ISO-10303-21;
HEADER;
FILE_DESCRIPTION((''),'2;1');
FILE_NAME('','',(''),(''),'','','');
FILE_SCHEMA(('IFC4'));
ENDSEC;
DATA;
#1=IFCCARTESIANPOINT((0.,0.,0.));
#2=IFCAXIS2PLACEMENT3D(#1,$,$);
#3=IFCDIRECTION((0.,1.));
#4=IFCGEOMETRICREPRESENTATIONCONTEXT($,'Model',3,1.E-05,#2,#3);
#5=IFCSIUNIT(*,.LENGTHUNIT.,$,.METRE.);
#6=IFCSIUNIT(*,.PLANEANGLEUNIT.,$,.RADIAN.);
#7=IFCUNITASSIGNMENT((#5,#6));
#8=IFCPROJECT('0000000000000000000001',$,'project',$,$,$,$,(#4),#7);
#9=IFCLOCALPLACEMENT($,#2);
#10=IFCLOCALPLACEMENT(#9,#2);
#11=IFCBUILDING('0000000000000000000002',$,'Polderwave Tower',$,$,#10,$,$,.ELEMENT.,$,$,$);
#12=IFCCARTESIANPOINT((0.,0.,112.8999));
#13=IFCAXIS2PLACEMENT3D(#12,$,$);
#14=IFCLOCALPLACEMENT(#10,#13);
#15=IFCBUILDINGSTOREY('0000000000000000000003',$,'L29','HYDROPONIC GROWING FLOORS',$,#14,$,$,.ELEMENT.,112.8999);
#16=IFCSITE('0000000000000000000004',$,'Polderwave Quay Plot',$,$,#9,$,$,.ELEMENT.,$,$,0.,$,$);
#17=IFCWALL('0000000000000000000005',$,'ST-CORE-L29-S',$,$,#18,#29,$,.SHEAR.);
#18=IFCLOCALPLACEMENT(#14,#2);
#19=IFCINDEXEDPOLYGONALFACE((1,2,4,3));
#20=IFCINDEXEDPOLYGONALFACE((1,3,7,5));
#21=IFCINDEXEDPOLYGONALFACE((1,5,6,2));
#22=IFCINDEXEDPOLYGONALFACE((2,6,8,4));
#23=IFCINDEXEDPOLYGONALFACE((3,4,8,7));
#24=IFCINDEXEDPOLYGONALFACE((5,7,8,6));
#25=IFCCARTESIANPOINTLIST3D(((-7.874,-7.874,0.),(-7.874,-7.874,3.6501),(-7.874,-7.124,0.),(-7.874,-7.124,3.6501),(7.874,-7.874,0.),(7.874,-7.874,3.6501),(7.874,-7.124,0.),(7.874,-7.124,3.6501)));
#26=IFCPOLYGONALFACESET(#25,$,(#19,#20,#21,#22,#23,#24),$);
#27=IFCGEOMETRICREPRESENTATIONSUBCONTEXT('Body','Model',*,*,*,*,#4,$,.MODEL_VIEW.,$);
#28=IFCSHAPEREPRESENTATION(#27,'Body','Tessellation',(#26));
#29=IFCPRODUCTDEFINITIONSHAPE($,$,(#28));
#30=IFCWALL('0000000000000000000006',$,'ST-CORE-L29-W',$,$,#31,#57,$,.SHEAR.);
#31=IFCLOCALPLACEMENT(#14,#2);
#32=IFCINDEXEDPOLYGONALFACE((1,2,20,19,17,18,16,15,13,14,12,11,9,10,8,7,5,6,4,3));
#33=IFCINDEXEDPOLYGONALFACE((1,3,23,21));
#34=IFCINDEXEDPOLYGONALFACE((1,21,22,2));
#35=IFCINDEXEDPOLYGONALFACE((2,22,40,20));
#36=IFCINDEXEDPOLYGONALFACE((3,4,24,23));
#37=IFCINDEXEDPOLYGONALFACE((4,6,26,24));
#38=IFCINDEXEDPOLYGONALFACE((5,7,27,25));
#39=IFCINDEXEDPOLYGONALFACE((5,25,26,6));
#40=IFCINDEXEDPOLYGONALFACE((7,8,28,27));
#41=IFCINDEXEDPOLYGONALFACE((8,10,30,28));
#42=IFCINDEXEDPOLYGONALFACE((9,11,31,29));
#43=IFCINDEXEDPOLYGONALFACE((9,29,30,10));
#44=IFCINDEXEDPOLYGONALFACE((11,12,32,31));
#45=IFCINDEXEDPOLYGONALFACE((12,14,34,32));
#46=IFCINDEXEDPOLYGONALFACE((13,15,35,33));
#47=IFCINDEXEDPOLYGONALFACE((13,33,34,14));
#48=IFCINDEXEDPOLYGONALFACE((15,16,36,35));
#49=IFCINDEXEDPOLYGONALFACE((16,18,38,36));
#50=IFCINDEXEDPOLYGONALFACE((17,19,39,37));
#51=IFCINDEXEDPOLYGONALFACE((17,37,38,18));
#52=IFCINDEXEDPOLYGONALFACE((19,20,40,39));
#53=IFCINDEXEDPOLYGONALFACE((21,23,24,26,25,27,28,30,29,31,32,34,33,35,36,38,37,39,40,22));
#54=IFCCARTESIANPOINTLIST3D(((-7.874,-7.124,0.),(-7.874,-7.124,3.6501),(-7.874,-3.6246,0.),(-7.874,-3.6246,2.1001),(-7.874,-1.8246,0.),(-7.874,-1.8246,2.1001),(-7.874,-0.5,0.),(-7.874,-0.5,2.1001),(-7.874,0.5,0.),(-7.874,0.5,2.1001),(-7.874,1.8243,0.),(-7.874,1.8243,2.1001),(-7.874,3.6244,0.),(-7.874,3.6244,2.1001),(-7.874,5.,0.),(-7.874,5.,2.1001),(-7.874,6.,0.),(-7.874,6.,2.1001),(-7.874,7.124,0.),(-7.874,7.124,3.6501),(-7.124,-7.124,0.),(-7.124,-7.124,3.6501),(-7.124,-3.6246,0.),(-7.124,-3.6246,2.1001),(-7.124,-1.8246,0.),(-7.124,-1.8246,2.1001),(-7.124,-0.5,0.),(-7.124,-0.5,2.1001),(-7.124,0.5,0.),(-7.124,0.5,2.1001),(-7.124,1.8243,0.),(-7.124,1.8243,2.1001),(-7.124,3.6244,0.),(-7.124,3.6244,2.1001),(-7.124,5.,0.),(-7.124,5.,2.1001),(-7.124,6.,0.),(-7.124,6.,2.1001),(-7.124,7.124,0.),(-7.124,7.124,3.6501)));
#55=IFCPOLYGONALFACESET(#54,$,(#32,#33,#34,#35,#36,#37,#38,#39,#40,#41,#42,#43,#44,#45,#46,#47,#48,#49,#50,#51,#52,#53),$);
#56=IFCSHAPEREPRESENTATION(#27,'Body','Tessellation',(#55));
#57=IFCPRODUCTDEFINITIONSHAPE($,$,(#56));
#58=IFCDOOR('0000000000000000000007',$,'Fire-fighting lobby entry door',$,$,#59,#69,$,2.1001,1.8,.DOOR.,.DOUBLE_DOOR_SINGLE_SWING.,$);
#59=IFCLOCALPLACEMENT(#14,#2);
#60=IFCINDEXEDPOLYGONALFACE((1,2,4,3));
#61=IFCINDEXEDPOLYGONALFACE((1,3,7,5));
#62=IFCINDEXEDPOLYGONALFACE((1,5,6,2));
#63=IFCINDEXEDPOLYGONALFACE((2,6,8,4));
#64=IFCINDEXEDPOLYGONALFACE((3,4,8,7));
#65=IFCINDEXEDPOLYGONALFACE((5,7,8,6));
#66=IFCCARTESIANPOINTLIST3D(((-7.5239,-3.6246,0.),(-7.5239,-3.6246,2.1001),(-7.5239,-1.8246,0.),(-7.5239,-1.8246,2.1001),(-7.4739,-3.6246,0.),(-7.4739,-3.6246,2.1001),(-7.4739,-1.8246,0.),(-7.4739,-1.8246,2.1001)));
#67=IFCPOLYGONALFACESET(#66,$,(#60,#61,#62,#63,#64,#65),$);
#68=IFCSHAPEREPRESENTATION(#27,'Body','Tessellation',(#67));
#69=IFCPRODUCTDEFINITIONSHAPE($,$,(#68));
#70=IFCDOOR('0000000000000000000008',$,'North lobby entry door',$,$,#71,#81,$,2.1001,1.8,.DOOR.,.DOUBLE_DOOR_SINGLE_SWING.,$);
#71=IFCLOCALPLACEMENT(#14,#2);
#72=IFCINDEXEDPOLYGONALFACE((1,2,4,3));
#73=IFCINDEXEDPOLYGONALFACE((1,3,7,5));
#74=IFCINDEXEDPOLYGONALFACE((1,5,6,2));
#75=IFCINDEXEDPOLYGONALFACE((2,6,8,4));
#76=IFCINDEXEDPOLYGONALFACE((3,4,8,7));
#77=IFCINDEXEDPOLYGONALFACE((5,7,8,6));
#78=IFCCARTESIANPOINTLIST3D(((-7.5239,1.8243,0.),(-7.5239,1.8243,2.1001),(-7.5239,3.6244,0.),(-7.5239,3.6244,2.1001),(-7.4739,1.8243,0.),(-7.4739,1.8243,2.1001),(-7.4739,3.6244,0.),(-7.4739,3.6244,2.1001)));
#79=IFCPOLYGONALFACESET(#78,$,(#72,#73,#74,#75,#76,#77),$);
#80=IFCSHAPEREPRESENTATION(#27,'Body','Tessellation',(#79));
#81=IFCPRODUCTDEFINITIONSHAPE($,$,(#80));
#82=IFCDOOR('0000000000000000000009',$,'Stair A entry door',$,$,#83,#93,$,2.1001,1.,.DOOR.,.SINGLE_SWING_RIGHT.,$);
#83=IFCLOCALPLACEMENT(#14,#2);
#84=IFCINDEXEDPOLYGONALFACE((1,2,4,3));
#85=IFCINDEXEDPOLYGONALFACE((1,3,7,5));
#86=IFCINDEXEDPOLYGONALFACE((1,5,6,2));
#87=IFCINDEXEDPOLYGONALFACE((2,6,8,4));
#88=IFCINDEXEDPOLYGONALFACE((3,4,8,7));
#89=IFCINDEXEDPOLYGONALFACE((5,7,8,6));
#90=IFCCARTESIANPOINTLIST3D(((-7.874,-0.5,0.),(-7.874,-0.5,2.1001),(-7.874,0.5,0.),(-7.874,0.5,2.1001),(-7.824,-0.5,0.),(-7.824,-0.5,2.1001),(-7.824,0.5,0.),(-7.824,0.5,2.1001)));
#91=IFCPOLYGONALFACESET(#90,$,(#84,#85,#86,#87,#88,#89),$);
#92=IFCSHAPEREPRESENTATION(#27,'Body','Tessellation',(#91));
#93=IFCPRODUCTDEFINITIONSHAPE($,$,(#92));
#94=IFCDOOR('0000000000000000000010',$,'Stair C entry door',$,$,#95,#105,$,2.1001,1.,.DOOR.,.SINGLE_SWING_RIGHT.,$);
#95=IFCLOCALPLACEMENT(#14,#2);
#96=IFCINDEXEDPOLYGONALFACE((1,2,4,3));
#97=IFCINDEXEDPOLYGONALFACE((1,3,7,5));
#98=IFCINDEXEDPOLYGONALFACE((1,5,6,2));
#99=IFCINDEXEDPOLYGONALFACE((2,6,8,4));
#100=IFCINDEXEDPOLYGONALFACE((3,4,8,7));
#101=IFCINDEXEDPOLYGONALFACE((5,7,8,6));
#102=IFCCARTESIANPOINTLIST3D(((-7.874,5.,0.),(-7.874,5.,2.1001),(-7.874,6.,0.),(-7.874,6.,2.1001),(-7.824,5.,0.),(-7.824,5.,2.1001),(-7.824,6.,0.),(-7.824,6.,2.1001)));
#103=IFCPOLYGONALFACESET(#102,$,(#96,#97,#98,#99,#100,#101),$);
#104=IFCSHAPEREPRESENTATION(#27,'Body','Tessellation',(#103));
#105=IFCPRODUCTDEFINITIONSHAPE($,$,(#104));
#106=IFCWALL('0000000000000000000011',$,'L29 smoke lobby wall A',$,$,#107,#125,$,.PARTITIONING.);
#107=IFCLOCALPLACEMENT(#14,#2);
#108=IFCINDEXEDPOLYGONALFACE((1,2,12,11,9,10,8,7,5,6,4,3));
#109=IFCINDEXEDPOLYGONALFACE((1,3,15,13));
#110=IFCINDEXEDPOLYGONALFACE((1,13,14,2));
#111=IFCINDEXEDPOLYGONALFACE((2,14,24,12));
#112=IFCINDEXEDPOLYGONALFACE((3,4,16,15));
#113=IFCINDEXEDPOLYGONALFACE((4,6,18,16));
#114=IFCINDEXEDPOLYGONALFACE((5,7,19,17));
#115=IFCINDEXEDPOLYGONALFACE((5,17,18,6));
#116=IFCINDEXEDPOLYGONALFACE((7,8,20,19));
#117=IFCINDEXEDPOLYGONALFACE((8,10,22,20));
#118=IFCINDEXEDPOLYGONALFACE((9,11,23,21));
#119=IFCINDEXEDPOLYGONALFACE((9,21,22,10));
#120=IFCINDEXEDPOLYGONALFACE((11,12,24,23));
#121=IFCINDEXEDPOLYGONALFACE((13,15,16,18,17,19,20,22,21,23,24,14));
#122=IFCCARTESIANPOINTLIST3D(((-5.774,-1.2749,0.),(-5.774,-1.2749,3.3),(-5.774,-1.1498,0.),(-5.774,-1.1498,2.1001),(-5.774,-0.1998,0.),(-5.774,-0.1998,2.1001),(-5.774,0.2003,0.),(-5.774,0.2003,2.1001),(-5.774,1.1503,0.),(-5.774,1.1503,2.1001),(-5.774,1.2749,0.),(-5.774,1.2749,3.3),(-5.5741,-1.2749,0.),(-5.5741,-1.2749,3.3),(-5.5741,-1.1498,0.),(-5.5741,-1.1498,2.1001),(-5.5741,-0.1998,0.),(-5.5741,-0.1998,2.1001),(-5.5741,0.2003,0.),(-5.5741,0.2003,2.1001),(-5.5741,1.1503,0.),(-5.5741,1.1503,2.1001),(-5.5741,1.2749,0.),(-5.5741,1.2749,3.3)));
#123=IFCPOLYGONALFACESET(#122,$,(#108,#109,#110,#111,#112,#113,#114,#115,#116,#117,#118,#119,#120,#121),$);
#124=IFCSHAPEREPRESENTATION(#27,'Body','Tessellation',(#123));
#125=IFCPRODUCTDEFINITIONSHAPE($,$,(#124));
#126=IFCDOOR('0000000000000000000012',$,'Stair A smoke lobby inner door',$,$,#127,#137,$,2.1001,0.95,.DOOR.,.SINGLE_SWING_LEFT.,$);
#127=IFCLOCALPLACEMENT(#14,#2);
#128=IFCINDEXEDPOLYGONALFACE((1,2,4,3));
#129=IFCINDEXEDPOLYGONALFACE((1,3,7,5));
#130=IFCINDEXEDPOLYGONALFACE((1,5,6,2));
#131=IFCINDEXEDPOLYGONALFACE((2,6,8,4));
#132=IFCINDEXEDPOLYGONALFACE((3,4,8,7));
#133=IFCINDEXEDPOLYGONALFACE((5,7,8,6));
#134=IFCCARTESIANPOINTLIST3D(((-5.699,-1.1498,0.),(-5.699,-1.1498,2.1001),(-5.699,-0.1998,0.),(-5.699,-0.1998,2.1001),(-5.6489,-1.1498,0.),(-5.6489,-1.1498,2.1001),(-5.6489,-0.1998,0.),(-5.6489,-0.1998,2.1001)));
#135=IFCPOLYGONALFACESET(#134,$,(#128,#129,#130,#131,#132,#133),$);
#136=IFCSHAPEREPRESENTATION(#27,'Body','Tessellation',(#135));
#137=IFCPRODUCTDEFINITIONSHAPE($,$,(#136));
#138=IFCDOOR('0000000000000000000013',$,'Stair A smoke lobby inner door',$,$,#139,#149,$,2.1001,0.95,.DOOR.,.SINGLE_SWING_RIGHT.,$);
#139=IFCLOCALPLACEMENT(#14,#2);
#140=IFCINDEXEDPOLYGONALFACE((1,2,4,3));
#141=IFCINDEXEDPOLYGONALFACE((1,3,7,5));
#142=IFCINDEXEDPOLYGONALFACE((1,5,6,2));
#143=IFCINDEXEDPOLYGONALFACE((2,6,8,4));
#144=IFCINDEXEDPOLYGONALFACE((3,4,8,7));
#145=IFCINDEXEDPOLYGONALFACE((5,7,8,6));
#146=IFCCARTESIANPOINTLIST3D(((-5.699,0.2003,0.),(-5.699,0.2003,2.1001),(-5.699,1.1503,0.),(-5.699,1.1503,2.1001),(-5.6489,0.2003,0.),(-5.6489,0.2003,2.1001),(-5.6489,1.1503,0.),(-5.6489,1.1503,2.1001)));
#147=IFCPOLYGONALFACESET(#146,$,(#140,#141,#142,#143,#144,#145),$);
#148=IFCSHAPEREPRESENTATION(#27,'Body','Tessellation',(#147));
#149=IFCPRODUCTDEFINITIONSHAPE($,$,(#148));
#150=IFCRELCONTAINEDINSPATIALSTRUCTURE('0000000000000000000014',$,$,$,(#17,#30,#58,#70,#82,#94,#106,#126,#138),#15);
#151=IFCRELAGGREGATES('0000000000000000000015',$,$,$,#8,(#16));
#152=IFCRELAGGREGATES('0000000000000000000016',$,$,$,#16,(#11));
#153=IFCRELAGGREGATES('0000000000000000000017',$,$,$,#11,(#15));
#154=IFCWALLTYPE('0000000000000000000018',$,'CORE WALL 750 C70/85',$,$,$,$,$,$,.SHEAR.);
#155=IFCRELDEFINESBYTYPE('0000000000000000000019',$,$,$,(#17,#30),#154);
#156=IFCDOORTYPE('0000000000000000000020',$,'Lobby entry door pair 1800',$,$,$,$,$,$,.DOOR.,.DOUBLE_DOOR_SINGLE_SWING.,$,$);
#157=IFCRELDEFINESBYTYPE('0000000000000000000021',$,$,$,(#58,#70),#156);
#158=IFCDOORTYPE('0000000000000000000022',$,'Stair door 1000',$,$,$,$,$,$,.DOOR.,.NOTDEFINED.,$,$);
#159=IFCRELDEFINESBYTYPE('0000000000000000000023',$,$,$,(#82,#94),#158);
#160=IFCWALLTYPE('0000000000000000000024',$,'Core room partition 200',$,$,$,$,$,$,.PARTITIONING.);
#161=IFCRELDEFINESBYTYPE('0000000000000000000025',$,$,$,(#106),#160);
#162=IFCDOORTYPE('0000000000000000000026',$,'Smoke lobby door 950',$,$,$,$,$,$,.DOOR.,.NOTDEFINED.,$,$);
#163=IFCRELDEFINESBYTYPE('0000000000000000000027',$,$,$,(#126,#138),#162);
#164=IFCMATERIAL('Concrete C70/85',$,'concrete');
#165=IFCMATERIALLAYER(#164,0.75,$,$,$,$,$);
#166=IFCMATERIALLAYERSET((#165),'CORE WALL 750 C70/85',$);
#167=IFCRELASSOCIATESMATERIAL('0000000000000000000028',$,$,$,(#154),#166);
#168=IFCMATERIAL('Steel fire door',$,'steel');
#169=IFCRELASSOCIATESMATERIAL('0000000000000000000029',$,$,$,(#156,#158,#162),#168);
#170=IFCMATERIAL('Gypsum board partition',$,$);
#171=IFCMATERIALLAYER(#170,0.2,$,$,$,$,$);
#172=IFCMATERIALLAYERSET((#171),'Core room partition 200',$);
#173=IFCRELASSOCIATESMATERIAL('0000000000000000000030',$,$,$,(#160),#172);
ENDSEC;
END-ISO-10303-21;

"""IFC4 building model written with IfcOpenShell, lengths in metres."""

from ifc_helpers import new_model, si_unit, direction, frame, frame_2d, origin, place, context, subcontext, project, spatial, rectangle, extrude, material, layer, layer_set, type_object, element, fill, save


model = new_model("IFC4")

# Units and contexts
model_context = context("Model", 3, precision=1e-05, world=origin(), true_north=direction((0.0, 1.0)))
body_context = subcontext(model_context, "Body", "Model", "MODEL_VIEW")
ifc_project = project(units=[si_unit("LENGTHUNIT", "METRE"), si_unit("PLANEANGLEUNIT", "RADIAN")], contexts=[model_context])

# Site, building, storey
site_placement = place(None, origin())
site = spatial("IfcSite", under=ifc_project, at=site_placement, Name="Polderwave Quay Plot", CompositionType="ELEMENT", RefElevation=0.0)
building_placement = place(site_placement, origin())
building = spatial("IfcBuilding", under=site, at=building_placement, Name="Polderwave Tower", CompositionType="ELEMENT")
storey_placement = place(building_placement, frame((0.0, 0.0, 112.8999)))
storey = spatial("IfcBuildingStorey", under=building, at=storey_placement, Name="L29", Description="HYDROPONIC GROWING FLOORS", CompositionType="ELEMENT", Elevation=112.8999)

# Wall
ifc_material_1 = material(Name="Concrete C70/85", Category="concrete")
ifc_layer_1 = layer(ifc_material_1, 0.75)
ifc_layer_set_1 = layer_set([ifc_layer_1], Name="CORE WALL 750 C70/85")
wall_type_1 = type_object("IfcWallType", Name="CORE WALL 750 C70/85", PredefinedType="SHEAR", material=ifc_layer_set_1)
wall_1_placement = place(storey_placement, frame((-7.874, -7.499, 0.0), z_axis=(0.0, 0.0, 1.0), x_axis=(1.0, 0.0, 0.0)))
element("IfcWall", 1, at=wall_1_placement, inside=storey, type_object=wall_type_1, Name="ST-CORE-L29-S", PredefinedType="SHEAR", context=body_context, shape_type="SweptSolid", body=[
    extrude(rectangle(XDim=15.748, YDim=0.75, at=frame_2d((7.874, 0.0))), origin(), (0.0, 0.0, 1.0), 3.6501),
])

# Walls, openings, doors
wall_2_placement = place(storey_placement, frame((-7.499, -7.124, 0.0), z_axis=(0.0, 0.0, 1.0), x_axis=(0.0, 1.0, 0.0)))
wall_2 = element("IfcWall", 2, at=wall_2_placement, inside=storey, type_object=wall_type_1, Name="ST-CORE-L29-W", PredefinedType="SHEAR", context=body_context, shape_type="SweptSolid", body=[
    extrude(rectangle(XDim=14.248, YDim=0.75, at=frame_2d((7.124, 0.0))), origin(), (0.0, 0.0, 1.0), 3.6501),
])
opening_1_placement = place(wall_2_placement, frame((6.624, 0.0, 0.0)))
opening_1 = element("IfcOpeningElement", 3, at=opening_1_placement, cuts=wall_2, PredefinedType="OPENING", context=body_context, shape_type="SweptSolid", body=[
    extrude(rectangle(XDim=1.0, YDim=2.1001, at=frame_2d((0.5, 1.05))), frame((0.0, 0.385, 0.0), z_axis=(0.0, -1.0, 0.0), x_axis=(1.0, 0.0, 0.0)), (0.0, 0.0, 1.0), 0.77),
])
opening_2_placement = place(wall_2_placement, frame((3.4995, 0.0, 0.0)))
opening_2 = element("IfcOpeningElement", 4, at=opening_2_placement, cuts=wall_2, PredefinedType="OPENING", context=body_context, shape_type="SweptSolid", body=[
    extrude(rectangle(XDim=1.8, YDim=2.1001, at=frame_2d((0.8999, 1.05))), frame((0.0, 0.385, 0.0), z_axis=(0.0, -1.0, 0.0), x_axis=(1.0, 0.0, 0.0)), (0.0, 0.0, 1.0), 0.77),
])
opening_3_placement = place(wall_2_placement, frame((8.9485, 0.0, 0.0)))
opening_3 = element("IfcOpeningElement", 5, at=opening_3_placement, cuts=wall_2, PredefinedType="OPENING", context=body_context, shape_type="SweptSolid", body=[
    extrude(rectangle(XDim=1.8, YDim=2.1001, at=frame_2d((0.8999, 1.05))), frame((0.0, 0.385, 0.0), z_axis=(0.0, -1.0, 0.0), x_axis=(1.0, 0.0, 0.0)), (0.0, 0.0, 1.0), 0.77),
])
opening_4_placement = place(wall_2_placement, frame((12.124, 0.0, 0.0)))
opening_4 = element("IfcOpeningElement", 6, at=opening_4_placement, cuts=wall_2, PredefinedType="OPENING", context=body_context, shape_type="SweptSolid", body=[
    extrude(rectangle(XDim=1.0, YDim=2.1001, at=frame_2d((0.5, 1.05))), frame((0.0, 0.385, 0.0), z_axis=(0.0, -1.0, 0.0), x_axis=(1.0, 0.0, 0.0)), (0.0, 0.0, 1.0), 0.77),
])
ifc_material_2 = material(Name="Steel fire door", Category="steel")
door_type_1 = type_object("IfcDoorType", Name="Lobby entry door pair 1800", OperationType="DOUBLE_DOOR_SINGLE_SWING", PredefinedType="DOOR", material=ifc_material_2)
door_1_placement = place(opening_2_placement, origin())
door_1 = element("IfcDoor", 7, at=door_1_placement, inside=storey, type_object=door_type_1, Name="Fire-fighting lobby entry door", OperationType="DOUBLE_DOOR_SINGLE_SWING", OverallHeight=2.1001, OverallWidth=1.8, PredefinedType="DOOR", context=body_context, shape_type="SweptSolid", body=[
    extrude(rectangle(XDim=1.8, YDim=2.1001, at=frame_2d((0.8999, 1.05))), frame((0.0, 0.0249, 0.0), z_axis=(0.0, -1.0, 0.0), x_axis=(1.0, 0.0, 0.0)), (0.0, 0.0, 1.0), 0.05),
])
fill(opening_2, door_1)
door_2_placement = place(opening_3_placement, origin())
door_2 = element("IfcDoor", 8, at=door_2_placement, inside=storey, type_object=door_type_1, Name="North lobby entry door", OperationType="DOUBLE_DOOR_SINGLE_SWING", OverallHeight=2.1001, OverallWidth=1.8, PredefinedType="DOOR", context=body_context, shape_type="SweptSolid", body=[
    extrude(rectangle(XDim=1.8, YDim=2.1001, at=frame_2d((0.8999, 1.05))), frame((0.0, 0.0249, 0.0), z_axis=(0.0, -1.0, 0.0), x_axis=(1.0, 0.0, 0.0)), (0.0, 0.0, 1.0), 0.05),
])
fill(opening_3, door_2)
door_type_2 = type_object("IfcDoorType", Name="Stair door 1000", OperationType="NOTDEFINED", PredefinedType="DOOR", material=ifc_material_2)
door_3_placement = place(opening_1_placement, origin())
door_3 = element("IfcDoor", 9, at=door_3_placement, inside=storey, type_object=door_type_2, Name="Stair A entry door", OperationType="SINGLE_SWING_RIGHT", OverallHeight=2.1001, OverallWidth=1.0, PredefinedType="DOOR", context=body_context, shape_type="SweptSolid", body=[
    extrude(rectangle(XDim=1.0, YDim=2.1001, at=frame_2d((0.5, 1.05))), frame((0.0, 0.375, 0.0), z_axis=(0.0, -1.0, 0.0), x_axis=(1.0, 0.0, 0.0)), (0.0, 0.0, 1.0), 0.05),
])
fill(opening_1, door_3)
door_4_placement = place(opening_4_placement, origin())
door_4 = element("IfcDoor", 10, at=door_4_placement, inside=storey, type_object=door_type_2, Name="Stair C entry door", OperationType="SINGLE_SWING_RIGHT", OverallHeight=2.1001, OverallWidth=1.0, PredefinedType="DOOR", context=body_context, shape_type="SweptSolid", body=[
    extrude(rectangle(XDim=1.0, YDim=2.1001, at=frame_2d((0.5, 1.05))), frame((0.0, 0.375, 0.0), z_axis=(0.0, -1.0, 0.0), x_axis=(1.0, 0.0, 0.0)), (0.0, 0.0, 1.0), 0.05),
])
fill(opening_4, door_4)
ifc_material_3 = material(Name="Gypsum board partition")
ifc_layer_2 = layer(ifc_material_3, 0.2)
ifc_layer_set_2 = layer_set([ifc_layer_2], Name="Core room partition 200")
wall_type_2 = type_object("IfcWallType", Name="Core room partition 200", PredefinedType="PARTITIONING", material=ifc_layer_set_2)
wall_3_placement = place(storey_placement, frame((-5.6741, -1.2749, 0.0), z_axis=(0.0, 0.0, 1.0), x_axis=(0.0, 1.0, 0.0)))
wall_3 = element("IfcWall", 11, at=wall_3_placement, inside=storey, type_object=wall_type_2, Name="L29 smoke lobby wall A", PredefinedType="PARTITIONING", context=body_context, shape_type="SweptSolid", body=[
    extrude(rectangle(XDim=2.5498, YDim=0.2, at=frame_2d((1.2749, 0.0))), origin(), (0.0, 0.0, 1.0), 3.3),
])
opening_5_placement = place(wall_3_placement, frame((0.125, 0.0, 0.0)))
opening_5 = element("IfcOpeningElement", 12, at=opening_5_placement, cuts=wall_3, PredefinedType="OPENING", context=body_context, shape_type="SweptSolid", body=[
    extrude(rectangle(XDim=0.95, YDim=2.1001, at=frame_2d((0.4751, 1.05))), frame((0.0, 0.1099, 0.0), z_axis=(0.0, -1.0, 0.0), x_axis=(1.0, 0.0, 0.0)), (0.0, 0.0, 1.0), 0.22),
])
opening_6_placement = place(wall_3_placement, frame((1.4751, 0.0, 0.0)))
opening_6 = element("IfcOpeningElement", 13, at=opening_6_placement, cuts=wall_3, PredefinedType="OPENING", context=body_context, shape_type="SweptSolid", body=[
    extrude(rectangle(XDim=0.95, YDim=2.1001, at=frame_2d((0.4751, 1.05))), frame((0.0, 0.1099, 0.0), z_axis=(0.0, -1.0, 0.0), x_axis=(1.0, 0.0, 0.0)), (0.0, 0.0, 1.0), 0.22),
])
door_type_3 = type_object("IfcDoorType", Name="Smoke lobby door 950", OperationType="NOTDEFINED", PredefinedType="DOOR", material=ifc_material_2)
door_5_placement = place(opening_5_placement, origin())
door_5 = element("IfcDoor", 14, at=door_5_placement, inside=storey, type_object=door_type_3, Name="Stair A smoke lobby inner door", OperationType="SINGLE_SWING_LEFT", OverallHeight=2.1001, OverallWidth=0.95, PredefinedType="DOOR", context=body_context, shape_type="SweptSolid", body=[
    extrude(rectangle(XDim=0.95, YDim=2.1001, at=frame_2d((0.4751, 1.05))), frame((0.0, 0.0249, 0.0), z_axis=(0.0, -1.0, 0.0), x_axis=(1.0, 0.0, 0.0)), (0.0, 0.0, 1.0), 0.05),
])
fill(opening_5, door_5)
door_6_placement = place(opening_6_placement, origin())
door_6 = element("IfcDoor", 15, at=door_6_placement, inside=storey, type_object=door_type_3, Name="Stair A smoke lobby inner door", OperationType="SINGLE_SWING_RIGHT", OverallHeight=2.1001, OverallWidth=0.95, PredefinedType="DOOR", context=body_context, shape_type="SweptSolid", body=[
    extrude(rectangle(XDim=0.95, YDim=2.1001, at=frame_2d((0.4751, 1.05))), frame((0.0, 0.0249, 0.0), z_axis=(0.0, -1.0, 0.0), x_axis=(1.0, 0.0, 0.0)), (0.0, 0.0, 1.0), 0.05),
])
fill(opening_6, door_6)

save(model, "model.ifc")
